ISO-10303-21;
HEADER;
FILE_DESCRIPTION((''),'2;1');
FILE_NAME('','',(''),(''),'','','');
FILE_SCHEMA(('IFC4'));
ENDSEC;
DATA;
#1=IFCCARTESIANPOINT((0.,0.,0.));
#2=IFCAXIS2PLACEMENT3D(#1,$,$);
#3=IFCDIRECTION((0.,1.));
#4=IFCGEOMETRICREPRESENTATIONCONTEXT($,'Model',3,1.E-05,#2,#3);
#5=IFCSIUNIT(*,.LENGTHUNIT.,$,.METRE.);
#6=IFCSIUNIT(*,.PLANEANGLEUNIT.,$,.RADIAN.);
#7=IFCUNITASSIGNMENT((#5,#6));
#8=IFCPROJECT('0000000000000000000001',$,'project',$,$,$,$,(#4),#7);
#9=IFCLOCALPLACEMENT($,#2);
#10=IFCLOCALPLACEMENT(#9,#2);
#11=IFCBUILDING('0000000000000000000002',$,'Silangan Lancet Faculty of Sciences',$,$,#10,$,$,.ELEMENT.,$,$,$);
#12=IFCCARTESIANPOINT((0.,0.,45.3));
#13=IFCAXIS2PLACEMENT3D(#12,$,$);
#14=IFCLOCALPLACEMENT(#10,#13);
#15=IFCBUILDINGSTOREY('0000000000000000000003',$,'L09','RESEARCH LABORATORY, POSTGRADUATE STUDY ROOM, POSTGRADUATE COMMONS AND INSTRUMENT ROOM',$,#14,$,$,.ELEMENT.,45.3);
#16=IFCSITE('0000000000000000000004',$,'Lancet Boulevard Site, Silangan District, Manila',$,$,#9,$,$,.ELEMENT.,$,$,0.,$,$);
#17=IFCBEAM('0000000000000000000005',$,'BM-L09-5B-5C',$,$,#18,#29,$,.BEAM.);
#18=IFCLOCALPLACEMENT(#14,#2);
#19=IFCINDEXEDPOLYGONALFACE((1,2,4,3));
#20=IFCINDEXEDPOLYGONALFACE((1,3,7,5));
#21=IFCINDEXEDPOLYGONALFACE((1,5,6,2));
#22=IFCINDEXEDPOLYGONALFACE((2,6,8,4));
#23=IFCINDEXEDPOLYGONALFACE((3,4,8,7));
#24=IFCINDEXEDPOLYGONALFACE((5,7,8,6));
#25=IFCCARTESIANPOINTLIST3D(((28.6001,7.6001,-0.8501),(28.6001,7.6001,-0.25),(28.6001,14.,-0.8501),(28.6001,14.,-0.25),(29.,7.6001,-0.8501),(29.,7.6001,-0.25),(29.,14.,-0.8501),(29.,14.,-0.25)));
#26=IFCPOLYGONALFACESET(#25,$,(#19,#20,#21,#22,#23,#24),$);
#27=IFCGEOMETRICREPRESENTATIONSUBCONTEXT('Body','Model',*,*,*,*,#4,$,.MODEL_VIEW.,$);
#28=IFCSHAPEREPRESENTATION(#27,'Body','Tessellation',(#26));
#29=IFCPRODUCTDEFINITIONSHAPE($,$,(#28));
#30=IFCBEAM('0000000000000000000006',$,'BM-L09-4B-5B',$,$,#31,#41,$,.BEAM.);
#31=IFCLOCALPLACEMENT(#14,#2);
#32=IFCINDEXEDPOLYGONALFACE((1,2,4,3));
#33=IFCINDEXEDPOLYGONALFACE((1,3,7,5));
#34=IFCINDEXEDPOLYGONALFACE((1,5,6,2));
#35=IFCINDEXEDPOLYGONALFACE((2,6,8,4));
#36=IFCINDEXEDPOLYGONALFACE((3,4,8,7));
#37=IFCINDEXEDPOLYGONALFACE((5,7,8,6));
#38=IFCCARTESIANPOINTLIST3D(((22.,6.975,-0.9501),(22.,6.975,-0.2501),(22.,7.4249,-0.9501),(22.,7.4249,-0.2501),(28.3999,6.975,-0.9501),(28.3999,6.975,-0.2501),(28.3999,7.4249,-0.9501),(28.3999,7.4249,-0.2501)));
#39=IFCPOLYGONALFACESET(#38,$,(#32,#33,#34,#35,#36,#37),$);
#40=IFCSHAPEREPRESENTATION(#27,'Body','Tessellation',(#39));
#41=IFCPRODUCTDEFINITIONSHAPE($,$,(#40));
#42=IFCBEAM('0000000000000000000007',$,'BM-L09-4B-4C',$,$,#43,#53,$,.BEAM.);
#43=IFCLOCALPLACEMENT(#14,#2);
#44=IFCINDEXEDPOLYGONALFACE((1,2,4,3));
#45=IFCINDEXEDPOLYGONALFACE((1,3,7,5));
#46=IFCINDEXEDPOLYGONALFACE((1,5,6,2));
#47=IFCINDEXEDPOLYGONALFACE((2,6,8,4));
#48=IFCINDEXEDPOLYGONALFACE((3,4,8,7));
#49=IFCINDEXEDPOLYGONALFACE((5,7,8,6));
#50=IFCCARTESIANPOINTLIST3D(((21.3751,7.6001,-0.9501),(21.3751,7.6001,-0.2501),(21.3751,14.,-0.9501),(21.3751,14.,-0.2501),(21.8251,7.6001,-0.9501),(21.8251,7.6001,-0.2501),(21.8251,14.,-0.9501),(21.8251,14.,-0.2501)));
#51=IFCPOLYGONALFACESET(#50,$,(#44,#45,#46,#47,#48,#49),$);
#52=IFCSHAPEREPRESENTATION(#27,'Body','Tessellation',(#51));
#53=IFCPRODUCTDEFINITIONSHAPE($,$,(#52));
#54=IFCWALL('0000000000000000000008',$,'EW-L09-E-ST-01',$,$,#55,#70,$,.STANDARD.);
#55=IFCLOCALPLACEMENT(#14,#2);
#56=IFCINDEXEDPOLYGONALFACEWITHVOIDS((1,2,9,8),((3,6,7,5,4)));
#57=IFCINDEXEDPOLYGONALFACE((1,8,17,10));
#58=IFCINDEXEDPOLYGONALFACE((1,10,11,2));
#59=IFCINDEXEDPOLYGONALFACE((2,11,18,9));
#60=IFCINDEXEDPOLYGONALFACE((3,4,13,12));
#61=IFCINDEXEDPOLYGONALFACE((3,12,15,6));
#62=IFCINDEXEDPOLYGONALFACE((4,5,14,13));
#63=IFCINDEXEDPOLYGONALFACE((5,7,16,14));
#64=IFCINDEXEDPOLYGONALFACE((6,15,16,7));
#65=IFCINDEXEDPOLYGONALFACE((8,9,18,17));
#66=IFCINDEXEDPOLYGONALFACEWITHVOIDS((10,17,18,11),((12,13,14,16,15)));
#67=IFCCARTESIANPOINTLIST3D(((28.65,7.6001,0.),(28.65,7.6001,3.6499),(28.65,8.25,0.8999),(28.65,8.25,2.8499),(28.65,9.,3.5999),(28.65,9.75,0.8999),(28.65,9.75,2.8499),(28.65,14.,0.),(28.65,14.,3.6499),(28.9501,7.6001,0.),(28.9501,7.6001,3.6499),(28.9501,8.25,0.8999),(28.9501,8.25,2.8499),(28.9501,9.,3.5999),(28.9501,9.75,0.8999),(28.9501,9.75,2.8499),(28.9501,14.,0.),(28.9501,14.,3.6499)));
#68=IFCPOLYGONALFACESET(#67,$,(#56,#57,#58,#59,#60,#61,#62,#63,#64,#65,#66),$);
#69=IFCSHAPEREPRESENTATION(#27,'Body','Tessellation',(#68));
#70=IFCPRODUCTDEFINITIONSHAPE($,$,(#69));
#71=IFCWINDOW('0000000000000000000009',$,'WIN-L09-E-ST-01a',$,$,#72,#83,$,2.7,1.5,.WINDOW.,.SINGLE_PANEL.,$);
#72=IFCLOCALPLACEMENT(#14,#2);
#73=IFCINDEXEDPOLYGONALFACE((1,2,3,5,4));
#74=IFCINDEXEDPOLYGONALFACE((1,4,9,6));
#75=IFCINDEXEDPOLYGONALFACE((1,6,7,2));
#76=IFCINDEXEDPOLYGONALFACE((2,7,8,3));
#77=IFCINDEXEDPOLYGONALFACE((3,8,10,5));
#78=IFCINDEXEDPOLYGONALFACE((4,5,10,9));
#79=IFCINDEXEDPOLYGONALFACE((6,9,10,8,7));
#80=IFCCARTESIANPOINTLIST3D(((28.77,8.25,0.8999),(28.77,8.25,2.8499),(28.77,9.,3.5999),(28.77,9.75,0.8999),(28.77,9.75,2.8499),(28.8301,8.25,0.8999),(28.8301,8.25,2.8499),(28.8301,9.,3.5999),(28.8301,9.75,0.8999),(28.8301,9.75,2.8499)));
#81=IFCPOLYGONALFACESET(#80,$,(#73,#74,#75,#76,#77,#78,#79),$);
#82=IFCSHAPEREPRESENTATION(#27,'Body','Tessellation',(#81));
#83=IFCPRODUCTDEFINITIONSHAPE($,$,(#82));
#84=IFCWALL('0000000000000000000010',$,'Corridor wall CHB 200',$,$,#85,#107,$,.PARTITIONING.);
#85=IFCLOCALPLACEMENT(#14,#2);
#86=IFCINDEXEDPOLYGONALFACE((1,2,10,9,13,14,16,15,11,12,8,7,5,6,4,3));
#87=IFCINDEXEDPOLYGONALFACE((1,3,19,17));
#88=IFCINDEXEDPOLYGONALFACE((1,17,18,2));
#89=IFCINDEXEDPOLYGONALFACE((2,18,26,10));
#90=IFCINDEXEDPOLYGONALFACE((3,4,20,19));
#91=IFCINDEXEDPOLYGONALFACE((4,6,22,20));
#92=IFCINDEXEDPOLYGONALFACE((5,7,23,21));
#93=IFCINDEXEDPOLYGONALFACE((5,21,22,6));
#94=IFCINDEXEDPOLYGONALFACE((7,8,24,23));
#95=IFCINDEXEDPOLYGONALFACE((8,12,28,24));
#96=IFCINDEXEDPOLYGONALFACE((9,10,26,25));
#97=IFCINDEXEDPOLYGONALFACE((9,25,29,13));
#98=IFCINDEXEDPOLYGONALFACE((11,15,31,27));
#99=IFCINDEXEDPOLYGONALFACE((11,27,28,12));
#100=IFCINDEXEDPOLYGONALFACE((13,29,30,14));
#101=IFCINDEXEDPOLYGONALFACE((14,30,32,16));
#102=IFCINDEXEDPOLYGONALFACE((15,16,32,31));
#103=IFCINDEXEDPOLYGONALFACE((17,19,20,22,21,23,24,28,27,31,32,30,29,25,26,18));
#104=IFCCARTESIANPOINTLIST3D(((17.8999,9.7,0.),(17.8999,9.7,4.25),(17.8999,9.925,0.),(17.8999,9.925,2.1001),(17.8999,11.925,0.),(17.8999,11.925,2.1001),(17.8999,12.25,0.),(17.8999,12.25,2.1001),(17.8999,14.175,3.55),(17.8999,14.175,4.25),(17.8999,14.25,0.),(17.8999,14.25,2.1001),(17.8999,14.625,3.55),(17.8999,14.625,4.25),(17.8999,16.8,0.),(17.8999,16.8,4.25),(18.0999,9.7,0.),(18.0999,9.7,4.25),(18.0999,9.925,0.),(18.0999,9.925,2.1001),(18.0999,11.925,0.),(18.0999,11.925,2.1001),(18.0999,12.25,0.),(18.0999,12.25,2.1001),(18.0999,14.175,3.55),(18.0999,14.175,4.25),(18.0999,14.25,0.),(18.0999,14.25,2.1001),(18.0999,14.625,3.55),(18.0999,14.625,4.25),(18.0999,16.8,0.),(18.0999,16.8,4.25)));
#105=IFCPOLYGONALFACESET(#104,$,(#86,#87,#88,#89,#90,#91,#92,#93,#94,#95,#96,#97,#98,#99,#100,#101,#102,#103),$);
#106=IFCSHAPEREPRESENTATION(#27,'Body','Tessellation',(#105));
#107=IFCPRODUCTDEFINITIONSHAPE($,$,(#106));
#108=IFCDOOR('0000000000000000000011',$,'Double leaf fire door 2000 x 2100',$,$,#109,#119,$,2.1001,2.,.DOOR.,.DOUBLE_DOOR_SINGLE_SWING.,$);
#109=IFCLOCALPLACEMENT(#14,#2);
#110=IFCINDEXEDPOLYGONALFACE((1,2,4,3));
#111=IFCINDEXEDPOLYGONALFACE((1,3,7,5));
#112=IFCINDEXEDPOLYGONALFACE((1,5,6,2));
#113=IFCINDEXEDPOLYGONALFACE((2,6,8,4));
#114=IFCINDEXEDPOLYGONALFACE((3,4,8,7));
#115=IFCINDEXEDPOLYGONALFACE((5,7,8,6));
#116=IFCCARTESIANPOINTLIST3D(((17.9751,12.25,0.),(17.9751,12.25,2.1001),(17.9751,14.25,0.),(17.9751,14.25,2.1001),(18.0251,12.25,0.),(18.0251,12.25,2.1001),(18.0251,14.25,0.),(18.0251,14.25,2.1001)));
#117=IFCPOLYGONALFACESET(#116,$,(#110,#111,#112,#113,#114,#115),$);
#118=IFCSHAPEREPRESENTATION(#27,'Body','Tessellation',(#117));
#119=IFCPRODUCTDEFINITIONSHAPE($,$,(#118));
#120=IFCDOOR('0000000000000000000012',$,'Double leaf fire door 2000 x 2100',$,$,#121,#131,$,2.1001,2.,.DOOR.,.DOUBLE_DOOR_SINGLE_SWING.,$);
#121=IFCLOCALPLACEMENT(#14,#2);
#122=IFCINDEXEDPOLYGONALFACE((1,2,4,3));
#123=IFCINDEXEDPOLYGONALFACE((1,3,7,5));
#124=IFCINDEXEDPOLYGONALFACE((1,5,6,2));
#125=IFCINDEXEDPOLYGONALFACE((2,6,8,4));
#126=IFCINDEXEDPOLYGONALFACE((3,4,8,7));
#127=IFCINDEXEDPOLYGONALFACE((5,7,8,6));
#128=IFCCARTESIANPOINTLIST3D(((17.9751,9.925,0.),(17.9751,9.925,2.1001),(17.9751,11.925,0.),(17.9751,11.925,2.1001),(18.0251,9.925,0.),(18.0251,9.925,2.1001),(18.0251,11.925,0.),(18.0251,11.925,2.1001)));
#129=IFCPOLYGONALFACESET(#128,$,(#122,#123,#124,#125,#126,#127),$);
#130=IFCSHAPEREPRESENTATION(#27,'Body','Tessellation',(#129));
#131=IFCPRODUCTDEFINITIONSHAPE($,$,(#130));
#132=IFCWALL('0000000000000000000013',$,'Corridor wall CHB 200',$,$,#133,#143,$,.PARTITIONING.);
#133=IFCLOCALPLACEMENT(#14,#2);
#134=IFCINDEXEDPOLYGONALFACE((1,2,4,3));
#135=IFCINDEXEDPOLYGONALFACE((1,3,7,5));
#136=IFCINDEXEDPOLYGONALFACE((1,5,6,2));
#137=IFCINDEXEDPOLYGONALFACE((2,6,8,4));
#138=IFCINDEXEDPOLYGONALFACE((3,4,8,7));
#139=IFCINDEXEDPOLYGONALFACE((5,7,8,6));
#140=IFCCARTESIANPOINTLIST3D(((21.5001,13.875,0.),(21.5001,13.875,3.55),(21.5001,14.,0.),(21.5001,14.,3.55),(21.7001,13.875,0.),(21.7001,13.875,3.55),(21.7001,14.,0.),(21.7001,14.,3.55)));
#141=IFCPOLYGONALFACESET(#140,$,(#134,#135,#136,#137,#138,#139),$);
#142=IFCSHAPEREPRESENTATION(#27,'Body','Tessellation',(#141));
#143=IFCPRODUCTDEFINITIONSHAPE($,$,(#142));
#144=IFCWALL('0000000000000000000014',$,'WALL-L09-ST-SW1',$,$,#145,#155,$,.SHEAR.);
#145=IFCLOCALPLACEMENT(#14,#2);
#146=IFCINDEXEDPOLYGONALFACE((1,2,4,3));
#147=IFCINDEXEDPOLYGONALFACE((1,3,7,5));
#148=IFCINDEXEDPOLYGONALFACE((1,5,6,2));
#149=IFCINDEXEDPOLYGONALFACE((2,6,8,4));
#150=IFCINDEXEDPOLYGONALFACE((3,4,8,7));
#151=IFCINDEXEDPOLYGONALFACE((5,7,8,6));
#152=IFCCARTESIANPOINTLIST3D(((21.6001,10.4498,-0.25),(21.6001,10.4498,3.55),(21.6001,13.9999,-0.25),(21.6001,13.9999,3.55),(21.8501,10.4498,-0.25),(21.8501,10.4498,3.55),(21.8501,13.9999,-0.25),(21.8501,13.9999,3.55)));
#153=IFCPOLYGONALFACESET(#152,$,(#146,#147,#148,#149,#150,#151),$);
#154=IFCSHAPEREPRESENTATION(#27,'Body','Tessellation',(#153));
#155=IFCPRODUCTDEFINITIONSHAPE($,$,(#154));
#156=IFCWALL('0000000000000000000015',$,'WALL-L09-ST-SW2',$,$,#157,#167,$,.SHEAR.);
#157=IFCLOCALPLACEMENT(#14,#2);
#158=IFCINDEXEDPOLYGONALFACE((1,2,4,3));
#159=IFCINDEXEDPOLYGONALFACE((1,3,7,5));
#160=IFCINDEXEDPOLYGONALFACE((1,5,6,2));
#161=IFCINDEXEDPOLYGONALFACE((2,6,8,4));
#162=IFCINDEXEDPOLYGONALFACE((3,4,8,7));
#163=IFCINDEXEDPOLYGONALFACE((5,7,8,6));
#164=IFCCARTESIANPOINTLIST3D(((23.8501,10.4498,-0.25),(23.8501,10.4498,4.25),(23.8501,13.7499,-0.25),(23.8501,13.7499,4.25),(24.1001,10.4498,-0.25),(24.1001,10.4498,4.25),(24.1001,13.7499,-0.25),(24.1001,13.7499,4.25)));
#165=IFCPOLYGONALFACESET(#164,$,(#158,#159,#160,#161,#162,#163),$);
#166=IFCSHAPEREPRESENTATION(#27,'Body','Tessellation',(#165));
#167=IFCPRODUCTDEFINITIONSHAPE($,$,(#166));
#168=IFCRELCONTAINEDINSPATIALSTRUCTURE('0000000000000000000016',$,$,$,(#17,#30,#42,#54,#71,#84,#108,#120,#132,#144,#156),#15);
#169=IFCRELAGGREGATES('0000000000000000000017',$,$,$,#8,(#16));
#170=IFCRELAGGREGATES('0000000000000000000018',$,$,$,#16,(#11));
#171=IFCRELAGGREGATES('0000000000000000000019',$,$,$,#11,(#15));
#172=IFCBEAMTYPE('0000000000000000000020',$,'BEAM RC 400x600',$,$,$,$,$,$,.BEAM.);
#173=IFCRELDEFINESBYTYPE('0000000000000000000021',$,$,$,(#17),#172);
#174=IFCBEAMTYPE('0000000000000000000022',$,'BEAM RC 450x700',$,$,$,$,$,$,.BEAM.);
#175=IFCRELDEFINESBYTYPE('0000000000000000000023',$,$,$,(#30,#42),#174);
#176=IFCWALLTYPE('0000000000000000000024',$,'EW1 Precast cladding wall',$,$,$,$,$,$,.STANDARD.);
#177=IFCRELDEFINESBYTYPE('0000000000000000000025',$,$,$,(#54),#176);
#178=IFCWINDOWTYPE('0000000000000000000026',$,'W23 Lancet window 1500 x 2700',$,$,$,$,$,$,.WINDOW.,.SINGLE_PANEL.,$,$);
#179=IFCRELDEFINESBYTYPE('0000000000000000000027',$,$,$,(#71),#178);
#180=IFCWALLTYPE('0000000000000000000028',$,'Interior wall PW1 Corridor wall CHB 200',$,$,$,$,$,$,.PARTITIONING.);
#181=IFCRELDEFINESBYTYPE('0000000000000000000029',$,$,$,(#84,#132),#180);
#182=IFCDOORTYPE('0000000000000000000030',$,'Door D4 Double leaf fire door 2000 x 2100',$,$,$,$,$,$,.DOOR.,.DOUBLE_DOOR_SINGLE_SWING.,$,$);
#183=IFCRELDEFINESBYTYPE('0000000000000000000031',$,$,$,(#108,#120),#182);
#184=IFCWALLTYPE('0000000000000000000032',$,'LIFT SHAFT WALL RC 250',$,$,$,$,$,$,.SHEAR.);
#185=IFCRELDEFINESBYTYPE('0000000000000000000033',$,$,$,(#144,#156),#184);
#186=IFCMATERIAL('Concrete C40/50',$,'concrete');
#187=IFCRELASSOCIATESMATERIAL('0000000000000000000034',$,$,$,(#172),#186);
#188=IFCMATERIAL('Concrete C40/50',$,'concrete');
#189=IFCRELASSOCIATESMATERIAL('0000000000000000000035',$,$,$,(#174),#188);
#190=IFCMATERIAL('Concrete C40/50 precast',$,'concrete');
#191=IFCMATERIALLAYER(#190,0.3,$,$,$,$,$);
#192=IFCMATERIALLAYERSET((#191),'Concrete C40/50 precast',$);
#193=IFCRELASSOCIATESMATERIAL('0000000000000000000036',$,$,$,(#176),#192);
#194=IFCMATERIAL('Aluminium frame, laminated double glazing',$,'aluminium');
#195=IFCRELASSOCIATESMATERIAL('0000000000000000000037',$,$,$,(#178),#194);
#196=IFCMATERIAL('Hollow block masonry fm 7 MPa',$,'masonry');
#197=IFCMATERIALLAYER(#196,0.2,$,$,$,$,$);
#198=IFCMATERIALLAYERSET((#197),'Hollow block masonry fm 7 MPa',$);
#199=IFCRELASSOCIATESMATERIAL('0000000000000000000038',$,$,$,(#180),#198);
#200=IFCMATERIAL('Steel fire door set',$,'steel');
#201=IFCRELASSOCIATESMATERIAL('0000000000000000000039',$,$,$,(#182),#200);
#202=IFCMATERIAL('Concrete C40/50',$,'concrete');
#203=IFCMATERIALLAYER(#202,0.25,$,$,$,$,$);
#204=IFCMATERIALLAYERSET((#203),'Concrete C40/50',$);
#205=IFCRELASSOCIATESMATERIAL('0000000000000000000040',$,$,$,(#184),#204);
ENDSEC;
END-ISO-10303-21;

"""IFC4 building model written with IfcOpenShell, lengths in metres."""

from ifc_helpers import new_model, si_unit, direction, frame, frame_2d, origin, origin_2d, place, context, subcontext, project, spatial, polyline, rectangle, outline, extrude, material, layer, layer_set, material_profile, profile_set, type_object, element, fill, save


model = new_model("IFC4")

# Units and contexts
model_context = context("Model", 3, precision=1e-05, world=origin(), true_north=direction((0.0, 1.0)))
body_context = subcontext(model_context, "Body", "Model", "MODEL_VIEW")
ifc_project = project(units=[si_unit("LENGTHUNIT", "METRE"), si_unit("PLANEANGLEUNIT", "RADIAN")], contexts=[model_context])

# Site, building, storey
site_placement = place(None, origin())
site = spatial("IfcSite", under=ifc_project, at=site_placement, Name="Lancet Boulevard Site, Silangan District, Manila", CompositionType="ELEMENT", RefElevation=0.0)
building_placement = place(site_placement, origin())
building = spatial("IfcBuilding", under=site, at=building_placement, Name="Silangan Lancet Faculty of Sciences", CompositionType="ELEMENT")
storey_placement = place(building_placement, frame((0.0, 0.0, 45.3)))
storey = spatial("IfcBuildingStorey", under=building, at=storey_placement, Name="L09", Description="RESEARCH LABORATORY, POSTGRADUATE STUDY ROOM, POSTGRADUATE COMMONS AND INSTRUMENT ROOM", CompositionType="ELEMENT", Elevation=45.3)

# Beams
ifc_material_1 = material(Name="Concrete C40/50", Category="concrete")
ifc_material_profile_1 = material_profile(ifc_material_1, rectangle(XDim=0.3999, YDim=0.6001, at=origin_2d()), Name="RC 400x600")
ifc_profile_set_1 = profile_set([ifc_material_profile_1], Name="Concrete C40/50")
beam_type_1 = type_object("IfcBeamType", Name="BEAM RC 400x600", PredefinedType="BEAM", material=ifc_profile_set_1)
beam_placement = place(storey_placement, frame((28.8, 7.6001, -0.55), z_axis=(0.0, 1.0, 0.0), x_axis=(-1.0, 0.0, 0.0)))
element("IfcBeam", 1, at=beam_placement, inside=storey, type_object=beam_type_1, Name="BM-L09-5B-5C", PredefinedType="BEAM", context=body_context, shape_type="SweptSolid", body=[
    extrude(rectangle(XDim=0.3999, YDim=0.6001, at=origin_2d()), origin(), (0.0, 0.0, 1.0), 6.3999),
])
ifc_material_2 = material(Name="Concrete C40/50", Category="concrete")
ifc_material_profile_2 = material_profile(ifc_material_2, rectangle(XDim=0.45, YDim=0.7, at=origin_2d()), Name="RC 450x700")
ifc_profile_set_2 = profile_set([ifc_material_profile_2], Name="Concrete C40/50")
beam_type_2 = type_object("IfcBeamType", Name="BEAM RC 450x700", PredefinedType="BEAM", material=ifc_profile_set_2)
for number, where, z_axis, x_axis, name in (
    (2, (22.0, 7.2, -0.6001), (1.0, 0.0, 0.0), (0.0, 1.0, 0.0), "BM-L09-4B-5B"),
    (3, (21.6001, 7.6001, -0.6001), (0.0, 1.0, 0.0), (-1.0, 0.0, 0.0), "BM-L09-4B-4C"),
):
    element("IfcBeam", number, at=place(storey_placement, frame(where, z_axis=z_axis, x_axis=x_axis)), inside=storey, type_object=beam_type_2, Name=name, PredefinedType="BEAM", context=body_context, shape_type="SweptSolid", body=[
        extrude(rectangle(XDim=0.45, YDim=0.7, at=origin_2d()), origin(), (0.0, 0.0, 1.0), 6.3999),
    ])

# Wall, opening, window
ifc_material_3 = material(Name="Concrete C40/50 precast", Category="concrete")
ifc_layer_1 = layer(ifc_material_3, 0.3)
ifc_layer_set_1 = layer_set([ifc_layer_1], Name="Concrete C40/50 precast")
wall_type_1 = type_object("IfcWallType", Name="EW1 Precast cladding wall", PredefinedType="STANDARD", material=ifc_layer_set_1)
wall_1_placement = place(storey_placement, frame((28.8, 7.6001, 0.0), z_axis=(0.0, 0.0, 1.0), x_axis=(0.0, 1.0, 0.0)))
wall_1 = element("IfcWall", 4, at=wall_1_placement, inside=storey, type_object=wall_type_1, Name="EW-L09-E-ST-01", PredefinedType="STANDARD", context=body_context, shape_type="SweptSolid", body=[
    extrude(rectangle(XDim=6.3999, YDim=0.3, at=frame_2d((3.2, 0.0))), origin(), (0.0, 0.0, 1.0), 3.6499),
])
opening_1_placement = place(wall_1_placement, frame((0.6499, 0.0, 0.8999)))
opening_1 = element("IfcOpeningElement", 5, at=opening_1_placement, cuts=wall_1, PredefinedType="OPENING", context=body_context, shape_type="SweptSolid", body=[
    extrude(outline(polyline([(0.0, 0.0), (1.5, 0.0), (1.5, 1.95), (0.75, 2.7), (0.0, 1.95), (0.0, 0.0)])), frame((0.0, 0.1599, 0.0), z_axis=(0.0, -1.0, 0.0), x_axis=(1.0, 0.0, 0.0)), (0.0, 0.0, 1.0), 0.3201),
])
ifc_material_4 = material(Name="Aluminium frame, laminated double glazing", Category="aluminium")
window_type = type_object("IfcWindowType", Name="W23 Lancet window 1500 x 2700", PartitioningType="SINGLE_PANEL", PredefinedType="WINDOW", material=ifc_material_4)
window_placement = place(opening_1_placement, origin())
window = element("IfcWindow", 6, at=window_placement, inside=storey, type_object=window_type, Name="WIN-L09-E-ST-01a", OverallHeight=2.7, OverallWidth=1.5, PartitioningType="SINGLE_PANEL", PredefinedType="WINDOW", context=body_context, shape_type="SweptSolid", body=[
    extrude(outline(polyline([(0.0, 0.0), (1.5, 0.0), (1.5, 1.95), (0.75, 2.7), (0.0, 1.95), (0.0, 0.0)])), frame((0.0, 0.03, 0.0), z_axis=(0.0, -1.0, 0.0), x_axis=(1.0, 0.0, 0.0)), (0.0, 0.0, 1.0), 0.0601),
])
fill(opening_1, window)

# Wall, openings, doors
ifc_material_5 = material(Name="Hollow block masonry fm 7 MPa", Category="masonry")
ifc_layer_2 = layer(ifc_material_5, 0.2)
ifc_layer_set_2 = layer_set([ifc_layer_2], Name="Hollow block masonry fm 7 MPa")
wall_type_2 = type_object("IfcWallType", Name="Interior wall PW1 Corridor wall CHB 200", PredefinedType="PARTITIONING", material=ifc_layer_set_2)
wall_2_placement = place(storey_placement, frame((18.0, 9.7, 0.0), z_axis=(0.0, 0.0, 1.0), x_axis=(0.0, 1.0, 0.0)))
wall_2 = element("IfcWall", 7, at=wall_2_placement, inside=storey, type_object=wall_type_2, Name="Corridor wall CHB 200", PredefinedType="PARTITIONING", context=body_context, shape_type="SweptSolid", body=[
    extrude(outline(polyline([(0.0, 0.0), (7.1001, 0.0), (7.1001, 4.25), (4.925, 4.25), (4.925, 3.55), (4.4751, 3.55), (4.4751, 4.25), (0.0, 4.25), (0.0, 0.0)])), frame((0.0, 0.1001, 0.0), z_axis=(0.0, -1.0, 0.0), x_axis=(1.0, 0.0, 0.0)), (0.0, 0.0, 1.0), 0.2),
])
opening_2_placement = place(wall_2_placement, frame((2.55, 0.0, 0.0)))
opening_2 = element("IfcOpeningElement", 8, at=opening_2_placement, cuts=wall_2, PredefinedType="OPENING", context=body_context, shape_type="SweptSolid", body=[
    extrude(rectangle(XDim=2.0, YDim=2.1001, at=frame_2d((1.0, 1.05))), frame((0.0, 0.1099, 0.0), z_axis=(0.0, -1.0, 0.0), x_axis=(1.0, 0.0, 0.0)), (0.0, 0.0, 1.0), 0.22),
])
opening_3_placement = place(wall_2_placement, frame((0.2251, 0.0, 0.0)))
opening_3 = element("IfcOpeningElement", 9, at=opening_3_placement, cuts=wall_2, PredefinedType="OPENING", context=body_context, shape_type="SweptSolid", body=[
    extrude(rectangle(XDim=2.0, YDim=2.1001, at=frame_2d((1.0, 1.05))), frame((0.0, 0.1099, 0.0), z_axis=(0.0, -1.0, 0.0), x_axis=(1.0, 0.0, 0.0)), (0.0, 0.0, 1.0), 0.22),
])
ifc_material_6 = material(Name="Steel fire door set", Category="steel")
door_type_1 = type_object("IfcDoorType", Name="Door D4 Double leaf fire door 2000 x 2100", OperationType="DOUBLE_DOOR_SINGLE_SWING", PredefinedType="DOOR", material=ifc_material_6)
door_1_placement = place(opening_2_placement, origin())
door_1 = element("IfcDoor", 10, at=door_1_placement, inside=storey, type_object=door_type_1, Name="Double leaf fire door 2000 x 2100", OperationType="DOUBLE_DOOR_SINGLE_SWING", OverallHeight=2.1001, OverallWidth=2.0, PredefinedType="DOOR", context=body_context, shape_type="SweptSolid", body=[
    extrude(rectangle(XDim=2.0, YDim=2.1001, at=frame_2d((1.0, 1.05))), frame((0.0, 0.0249, 0.0), z_axis=(0.0, -1.0, 0.0), x_axis=(1.0, 0.0, 0.0)), (0.0, 0.0, 1.0), 0.05),
])
fill(opening_2, door_1)
door_2_placement = place(opening_3_placement, origin())
door_2 = element("IfcDoor", 11, at=door_2_placement, inside=storey, type_object=door_type_1, Name="Double leaf fire door 2000 x 2100", OperationType="DOUBLE_DOOR_SINGLE_SWING", OverallHeight=2.1001, OverallWidth=2.0, PredefinedType="DOOR", context=body_context, shape_type="SweptSolid", body=[
    extrude(rectangle(XDim=2.0, YDim=2.1001, at=frame_2d((1.0, 1.05))), frame((0.0, 0.0249, 0.0), z_axis=(0.0, -1.0, 0.0), x_axis=(1.0, 0.0, 0.0)), (0.0, 0.0, 1.0), 0.05),
])
fill(opening_3, door_2)

# Wall
wall_3_placement = place(storey_placement, frame((21.6001, 13.875, 0.0), z_axis=(0.0, 0.0, 1.0), x_axis=(0.0, 1.0, 0.0)))
element("IfcWall", 12, at=wall_3_placement, inside=storey, type_object=wall_type_2, Name="Corridor wall CHB 200", PredefinedType="PARTITIONING", context=body_context, shape_type="SweptSolid", body=[
    extrude(rectangle(XDim=0.125, YDim=0.2, at=frame_2d((0.0625, 0.0))), origin(), (0.0, 0.0, 1.0), 3.55),
])

# Walls
ifc_material_7 = material(Name="Concrete C40/50", Category="concrete")
ifc_layer_3 = layer(ifc_material_7, 0.25)
ifc_layer_set_3 = layer_set([ifc_layer_3], Name="Concrete C40/50")
wall_type_3 = type_object("IfcWallType", Name="LIFT SHAFT WALL RC 250", PredefinedType="SHEAR", material=ifc_layer_set_3)
wall_4_placement = place(storey_placement, frame((21.7251, 10.45, -0.25), z_axis=(0.0, 0.0, 1.0), x_axis=(0.0, 1.0, 0.0)))
element("IfcWall", 13, at=wall_4_placement, inside=storey, type_object=wall_type_3, Name="WALL-L09-ST-SW1", PredefinedType="SHEAR", context=body_context, shape_type="SweptSolid", body=[
    extrude(rectangle(XDim=3.55, YDim=0.25, at=frame_2d((1.7749, 0.0))), origin(), (0.0, 0.0, 1.0), 3.8),
])
for number, where, z_axis, x_axis, name in (
    (14, (23.9751, 10.45, -0.25), (0.0, 0.0, 1.0), (0.0, 1.0, 0.0), "WALL-L09-ST-SW2"),
):
    element("IfcWall", number, at=place(storey_placement, frame(where, z_axis=z_axis, x_axis=x_axis)), inside=storey, type_object=wall_type_3, Name=name, PredefinedType="SHEAR", context=body_context, shape_type="SweptSolid", body=[
        extrude(rectangle(XDim=3.3, YDim=0.25, at=frame_2d((1.6499, 0.0))), origin(), (0.0, 0.0, 1.0), 4.5),
    ])

save(model, "model.ifc")
